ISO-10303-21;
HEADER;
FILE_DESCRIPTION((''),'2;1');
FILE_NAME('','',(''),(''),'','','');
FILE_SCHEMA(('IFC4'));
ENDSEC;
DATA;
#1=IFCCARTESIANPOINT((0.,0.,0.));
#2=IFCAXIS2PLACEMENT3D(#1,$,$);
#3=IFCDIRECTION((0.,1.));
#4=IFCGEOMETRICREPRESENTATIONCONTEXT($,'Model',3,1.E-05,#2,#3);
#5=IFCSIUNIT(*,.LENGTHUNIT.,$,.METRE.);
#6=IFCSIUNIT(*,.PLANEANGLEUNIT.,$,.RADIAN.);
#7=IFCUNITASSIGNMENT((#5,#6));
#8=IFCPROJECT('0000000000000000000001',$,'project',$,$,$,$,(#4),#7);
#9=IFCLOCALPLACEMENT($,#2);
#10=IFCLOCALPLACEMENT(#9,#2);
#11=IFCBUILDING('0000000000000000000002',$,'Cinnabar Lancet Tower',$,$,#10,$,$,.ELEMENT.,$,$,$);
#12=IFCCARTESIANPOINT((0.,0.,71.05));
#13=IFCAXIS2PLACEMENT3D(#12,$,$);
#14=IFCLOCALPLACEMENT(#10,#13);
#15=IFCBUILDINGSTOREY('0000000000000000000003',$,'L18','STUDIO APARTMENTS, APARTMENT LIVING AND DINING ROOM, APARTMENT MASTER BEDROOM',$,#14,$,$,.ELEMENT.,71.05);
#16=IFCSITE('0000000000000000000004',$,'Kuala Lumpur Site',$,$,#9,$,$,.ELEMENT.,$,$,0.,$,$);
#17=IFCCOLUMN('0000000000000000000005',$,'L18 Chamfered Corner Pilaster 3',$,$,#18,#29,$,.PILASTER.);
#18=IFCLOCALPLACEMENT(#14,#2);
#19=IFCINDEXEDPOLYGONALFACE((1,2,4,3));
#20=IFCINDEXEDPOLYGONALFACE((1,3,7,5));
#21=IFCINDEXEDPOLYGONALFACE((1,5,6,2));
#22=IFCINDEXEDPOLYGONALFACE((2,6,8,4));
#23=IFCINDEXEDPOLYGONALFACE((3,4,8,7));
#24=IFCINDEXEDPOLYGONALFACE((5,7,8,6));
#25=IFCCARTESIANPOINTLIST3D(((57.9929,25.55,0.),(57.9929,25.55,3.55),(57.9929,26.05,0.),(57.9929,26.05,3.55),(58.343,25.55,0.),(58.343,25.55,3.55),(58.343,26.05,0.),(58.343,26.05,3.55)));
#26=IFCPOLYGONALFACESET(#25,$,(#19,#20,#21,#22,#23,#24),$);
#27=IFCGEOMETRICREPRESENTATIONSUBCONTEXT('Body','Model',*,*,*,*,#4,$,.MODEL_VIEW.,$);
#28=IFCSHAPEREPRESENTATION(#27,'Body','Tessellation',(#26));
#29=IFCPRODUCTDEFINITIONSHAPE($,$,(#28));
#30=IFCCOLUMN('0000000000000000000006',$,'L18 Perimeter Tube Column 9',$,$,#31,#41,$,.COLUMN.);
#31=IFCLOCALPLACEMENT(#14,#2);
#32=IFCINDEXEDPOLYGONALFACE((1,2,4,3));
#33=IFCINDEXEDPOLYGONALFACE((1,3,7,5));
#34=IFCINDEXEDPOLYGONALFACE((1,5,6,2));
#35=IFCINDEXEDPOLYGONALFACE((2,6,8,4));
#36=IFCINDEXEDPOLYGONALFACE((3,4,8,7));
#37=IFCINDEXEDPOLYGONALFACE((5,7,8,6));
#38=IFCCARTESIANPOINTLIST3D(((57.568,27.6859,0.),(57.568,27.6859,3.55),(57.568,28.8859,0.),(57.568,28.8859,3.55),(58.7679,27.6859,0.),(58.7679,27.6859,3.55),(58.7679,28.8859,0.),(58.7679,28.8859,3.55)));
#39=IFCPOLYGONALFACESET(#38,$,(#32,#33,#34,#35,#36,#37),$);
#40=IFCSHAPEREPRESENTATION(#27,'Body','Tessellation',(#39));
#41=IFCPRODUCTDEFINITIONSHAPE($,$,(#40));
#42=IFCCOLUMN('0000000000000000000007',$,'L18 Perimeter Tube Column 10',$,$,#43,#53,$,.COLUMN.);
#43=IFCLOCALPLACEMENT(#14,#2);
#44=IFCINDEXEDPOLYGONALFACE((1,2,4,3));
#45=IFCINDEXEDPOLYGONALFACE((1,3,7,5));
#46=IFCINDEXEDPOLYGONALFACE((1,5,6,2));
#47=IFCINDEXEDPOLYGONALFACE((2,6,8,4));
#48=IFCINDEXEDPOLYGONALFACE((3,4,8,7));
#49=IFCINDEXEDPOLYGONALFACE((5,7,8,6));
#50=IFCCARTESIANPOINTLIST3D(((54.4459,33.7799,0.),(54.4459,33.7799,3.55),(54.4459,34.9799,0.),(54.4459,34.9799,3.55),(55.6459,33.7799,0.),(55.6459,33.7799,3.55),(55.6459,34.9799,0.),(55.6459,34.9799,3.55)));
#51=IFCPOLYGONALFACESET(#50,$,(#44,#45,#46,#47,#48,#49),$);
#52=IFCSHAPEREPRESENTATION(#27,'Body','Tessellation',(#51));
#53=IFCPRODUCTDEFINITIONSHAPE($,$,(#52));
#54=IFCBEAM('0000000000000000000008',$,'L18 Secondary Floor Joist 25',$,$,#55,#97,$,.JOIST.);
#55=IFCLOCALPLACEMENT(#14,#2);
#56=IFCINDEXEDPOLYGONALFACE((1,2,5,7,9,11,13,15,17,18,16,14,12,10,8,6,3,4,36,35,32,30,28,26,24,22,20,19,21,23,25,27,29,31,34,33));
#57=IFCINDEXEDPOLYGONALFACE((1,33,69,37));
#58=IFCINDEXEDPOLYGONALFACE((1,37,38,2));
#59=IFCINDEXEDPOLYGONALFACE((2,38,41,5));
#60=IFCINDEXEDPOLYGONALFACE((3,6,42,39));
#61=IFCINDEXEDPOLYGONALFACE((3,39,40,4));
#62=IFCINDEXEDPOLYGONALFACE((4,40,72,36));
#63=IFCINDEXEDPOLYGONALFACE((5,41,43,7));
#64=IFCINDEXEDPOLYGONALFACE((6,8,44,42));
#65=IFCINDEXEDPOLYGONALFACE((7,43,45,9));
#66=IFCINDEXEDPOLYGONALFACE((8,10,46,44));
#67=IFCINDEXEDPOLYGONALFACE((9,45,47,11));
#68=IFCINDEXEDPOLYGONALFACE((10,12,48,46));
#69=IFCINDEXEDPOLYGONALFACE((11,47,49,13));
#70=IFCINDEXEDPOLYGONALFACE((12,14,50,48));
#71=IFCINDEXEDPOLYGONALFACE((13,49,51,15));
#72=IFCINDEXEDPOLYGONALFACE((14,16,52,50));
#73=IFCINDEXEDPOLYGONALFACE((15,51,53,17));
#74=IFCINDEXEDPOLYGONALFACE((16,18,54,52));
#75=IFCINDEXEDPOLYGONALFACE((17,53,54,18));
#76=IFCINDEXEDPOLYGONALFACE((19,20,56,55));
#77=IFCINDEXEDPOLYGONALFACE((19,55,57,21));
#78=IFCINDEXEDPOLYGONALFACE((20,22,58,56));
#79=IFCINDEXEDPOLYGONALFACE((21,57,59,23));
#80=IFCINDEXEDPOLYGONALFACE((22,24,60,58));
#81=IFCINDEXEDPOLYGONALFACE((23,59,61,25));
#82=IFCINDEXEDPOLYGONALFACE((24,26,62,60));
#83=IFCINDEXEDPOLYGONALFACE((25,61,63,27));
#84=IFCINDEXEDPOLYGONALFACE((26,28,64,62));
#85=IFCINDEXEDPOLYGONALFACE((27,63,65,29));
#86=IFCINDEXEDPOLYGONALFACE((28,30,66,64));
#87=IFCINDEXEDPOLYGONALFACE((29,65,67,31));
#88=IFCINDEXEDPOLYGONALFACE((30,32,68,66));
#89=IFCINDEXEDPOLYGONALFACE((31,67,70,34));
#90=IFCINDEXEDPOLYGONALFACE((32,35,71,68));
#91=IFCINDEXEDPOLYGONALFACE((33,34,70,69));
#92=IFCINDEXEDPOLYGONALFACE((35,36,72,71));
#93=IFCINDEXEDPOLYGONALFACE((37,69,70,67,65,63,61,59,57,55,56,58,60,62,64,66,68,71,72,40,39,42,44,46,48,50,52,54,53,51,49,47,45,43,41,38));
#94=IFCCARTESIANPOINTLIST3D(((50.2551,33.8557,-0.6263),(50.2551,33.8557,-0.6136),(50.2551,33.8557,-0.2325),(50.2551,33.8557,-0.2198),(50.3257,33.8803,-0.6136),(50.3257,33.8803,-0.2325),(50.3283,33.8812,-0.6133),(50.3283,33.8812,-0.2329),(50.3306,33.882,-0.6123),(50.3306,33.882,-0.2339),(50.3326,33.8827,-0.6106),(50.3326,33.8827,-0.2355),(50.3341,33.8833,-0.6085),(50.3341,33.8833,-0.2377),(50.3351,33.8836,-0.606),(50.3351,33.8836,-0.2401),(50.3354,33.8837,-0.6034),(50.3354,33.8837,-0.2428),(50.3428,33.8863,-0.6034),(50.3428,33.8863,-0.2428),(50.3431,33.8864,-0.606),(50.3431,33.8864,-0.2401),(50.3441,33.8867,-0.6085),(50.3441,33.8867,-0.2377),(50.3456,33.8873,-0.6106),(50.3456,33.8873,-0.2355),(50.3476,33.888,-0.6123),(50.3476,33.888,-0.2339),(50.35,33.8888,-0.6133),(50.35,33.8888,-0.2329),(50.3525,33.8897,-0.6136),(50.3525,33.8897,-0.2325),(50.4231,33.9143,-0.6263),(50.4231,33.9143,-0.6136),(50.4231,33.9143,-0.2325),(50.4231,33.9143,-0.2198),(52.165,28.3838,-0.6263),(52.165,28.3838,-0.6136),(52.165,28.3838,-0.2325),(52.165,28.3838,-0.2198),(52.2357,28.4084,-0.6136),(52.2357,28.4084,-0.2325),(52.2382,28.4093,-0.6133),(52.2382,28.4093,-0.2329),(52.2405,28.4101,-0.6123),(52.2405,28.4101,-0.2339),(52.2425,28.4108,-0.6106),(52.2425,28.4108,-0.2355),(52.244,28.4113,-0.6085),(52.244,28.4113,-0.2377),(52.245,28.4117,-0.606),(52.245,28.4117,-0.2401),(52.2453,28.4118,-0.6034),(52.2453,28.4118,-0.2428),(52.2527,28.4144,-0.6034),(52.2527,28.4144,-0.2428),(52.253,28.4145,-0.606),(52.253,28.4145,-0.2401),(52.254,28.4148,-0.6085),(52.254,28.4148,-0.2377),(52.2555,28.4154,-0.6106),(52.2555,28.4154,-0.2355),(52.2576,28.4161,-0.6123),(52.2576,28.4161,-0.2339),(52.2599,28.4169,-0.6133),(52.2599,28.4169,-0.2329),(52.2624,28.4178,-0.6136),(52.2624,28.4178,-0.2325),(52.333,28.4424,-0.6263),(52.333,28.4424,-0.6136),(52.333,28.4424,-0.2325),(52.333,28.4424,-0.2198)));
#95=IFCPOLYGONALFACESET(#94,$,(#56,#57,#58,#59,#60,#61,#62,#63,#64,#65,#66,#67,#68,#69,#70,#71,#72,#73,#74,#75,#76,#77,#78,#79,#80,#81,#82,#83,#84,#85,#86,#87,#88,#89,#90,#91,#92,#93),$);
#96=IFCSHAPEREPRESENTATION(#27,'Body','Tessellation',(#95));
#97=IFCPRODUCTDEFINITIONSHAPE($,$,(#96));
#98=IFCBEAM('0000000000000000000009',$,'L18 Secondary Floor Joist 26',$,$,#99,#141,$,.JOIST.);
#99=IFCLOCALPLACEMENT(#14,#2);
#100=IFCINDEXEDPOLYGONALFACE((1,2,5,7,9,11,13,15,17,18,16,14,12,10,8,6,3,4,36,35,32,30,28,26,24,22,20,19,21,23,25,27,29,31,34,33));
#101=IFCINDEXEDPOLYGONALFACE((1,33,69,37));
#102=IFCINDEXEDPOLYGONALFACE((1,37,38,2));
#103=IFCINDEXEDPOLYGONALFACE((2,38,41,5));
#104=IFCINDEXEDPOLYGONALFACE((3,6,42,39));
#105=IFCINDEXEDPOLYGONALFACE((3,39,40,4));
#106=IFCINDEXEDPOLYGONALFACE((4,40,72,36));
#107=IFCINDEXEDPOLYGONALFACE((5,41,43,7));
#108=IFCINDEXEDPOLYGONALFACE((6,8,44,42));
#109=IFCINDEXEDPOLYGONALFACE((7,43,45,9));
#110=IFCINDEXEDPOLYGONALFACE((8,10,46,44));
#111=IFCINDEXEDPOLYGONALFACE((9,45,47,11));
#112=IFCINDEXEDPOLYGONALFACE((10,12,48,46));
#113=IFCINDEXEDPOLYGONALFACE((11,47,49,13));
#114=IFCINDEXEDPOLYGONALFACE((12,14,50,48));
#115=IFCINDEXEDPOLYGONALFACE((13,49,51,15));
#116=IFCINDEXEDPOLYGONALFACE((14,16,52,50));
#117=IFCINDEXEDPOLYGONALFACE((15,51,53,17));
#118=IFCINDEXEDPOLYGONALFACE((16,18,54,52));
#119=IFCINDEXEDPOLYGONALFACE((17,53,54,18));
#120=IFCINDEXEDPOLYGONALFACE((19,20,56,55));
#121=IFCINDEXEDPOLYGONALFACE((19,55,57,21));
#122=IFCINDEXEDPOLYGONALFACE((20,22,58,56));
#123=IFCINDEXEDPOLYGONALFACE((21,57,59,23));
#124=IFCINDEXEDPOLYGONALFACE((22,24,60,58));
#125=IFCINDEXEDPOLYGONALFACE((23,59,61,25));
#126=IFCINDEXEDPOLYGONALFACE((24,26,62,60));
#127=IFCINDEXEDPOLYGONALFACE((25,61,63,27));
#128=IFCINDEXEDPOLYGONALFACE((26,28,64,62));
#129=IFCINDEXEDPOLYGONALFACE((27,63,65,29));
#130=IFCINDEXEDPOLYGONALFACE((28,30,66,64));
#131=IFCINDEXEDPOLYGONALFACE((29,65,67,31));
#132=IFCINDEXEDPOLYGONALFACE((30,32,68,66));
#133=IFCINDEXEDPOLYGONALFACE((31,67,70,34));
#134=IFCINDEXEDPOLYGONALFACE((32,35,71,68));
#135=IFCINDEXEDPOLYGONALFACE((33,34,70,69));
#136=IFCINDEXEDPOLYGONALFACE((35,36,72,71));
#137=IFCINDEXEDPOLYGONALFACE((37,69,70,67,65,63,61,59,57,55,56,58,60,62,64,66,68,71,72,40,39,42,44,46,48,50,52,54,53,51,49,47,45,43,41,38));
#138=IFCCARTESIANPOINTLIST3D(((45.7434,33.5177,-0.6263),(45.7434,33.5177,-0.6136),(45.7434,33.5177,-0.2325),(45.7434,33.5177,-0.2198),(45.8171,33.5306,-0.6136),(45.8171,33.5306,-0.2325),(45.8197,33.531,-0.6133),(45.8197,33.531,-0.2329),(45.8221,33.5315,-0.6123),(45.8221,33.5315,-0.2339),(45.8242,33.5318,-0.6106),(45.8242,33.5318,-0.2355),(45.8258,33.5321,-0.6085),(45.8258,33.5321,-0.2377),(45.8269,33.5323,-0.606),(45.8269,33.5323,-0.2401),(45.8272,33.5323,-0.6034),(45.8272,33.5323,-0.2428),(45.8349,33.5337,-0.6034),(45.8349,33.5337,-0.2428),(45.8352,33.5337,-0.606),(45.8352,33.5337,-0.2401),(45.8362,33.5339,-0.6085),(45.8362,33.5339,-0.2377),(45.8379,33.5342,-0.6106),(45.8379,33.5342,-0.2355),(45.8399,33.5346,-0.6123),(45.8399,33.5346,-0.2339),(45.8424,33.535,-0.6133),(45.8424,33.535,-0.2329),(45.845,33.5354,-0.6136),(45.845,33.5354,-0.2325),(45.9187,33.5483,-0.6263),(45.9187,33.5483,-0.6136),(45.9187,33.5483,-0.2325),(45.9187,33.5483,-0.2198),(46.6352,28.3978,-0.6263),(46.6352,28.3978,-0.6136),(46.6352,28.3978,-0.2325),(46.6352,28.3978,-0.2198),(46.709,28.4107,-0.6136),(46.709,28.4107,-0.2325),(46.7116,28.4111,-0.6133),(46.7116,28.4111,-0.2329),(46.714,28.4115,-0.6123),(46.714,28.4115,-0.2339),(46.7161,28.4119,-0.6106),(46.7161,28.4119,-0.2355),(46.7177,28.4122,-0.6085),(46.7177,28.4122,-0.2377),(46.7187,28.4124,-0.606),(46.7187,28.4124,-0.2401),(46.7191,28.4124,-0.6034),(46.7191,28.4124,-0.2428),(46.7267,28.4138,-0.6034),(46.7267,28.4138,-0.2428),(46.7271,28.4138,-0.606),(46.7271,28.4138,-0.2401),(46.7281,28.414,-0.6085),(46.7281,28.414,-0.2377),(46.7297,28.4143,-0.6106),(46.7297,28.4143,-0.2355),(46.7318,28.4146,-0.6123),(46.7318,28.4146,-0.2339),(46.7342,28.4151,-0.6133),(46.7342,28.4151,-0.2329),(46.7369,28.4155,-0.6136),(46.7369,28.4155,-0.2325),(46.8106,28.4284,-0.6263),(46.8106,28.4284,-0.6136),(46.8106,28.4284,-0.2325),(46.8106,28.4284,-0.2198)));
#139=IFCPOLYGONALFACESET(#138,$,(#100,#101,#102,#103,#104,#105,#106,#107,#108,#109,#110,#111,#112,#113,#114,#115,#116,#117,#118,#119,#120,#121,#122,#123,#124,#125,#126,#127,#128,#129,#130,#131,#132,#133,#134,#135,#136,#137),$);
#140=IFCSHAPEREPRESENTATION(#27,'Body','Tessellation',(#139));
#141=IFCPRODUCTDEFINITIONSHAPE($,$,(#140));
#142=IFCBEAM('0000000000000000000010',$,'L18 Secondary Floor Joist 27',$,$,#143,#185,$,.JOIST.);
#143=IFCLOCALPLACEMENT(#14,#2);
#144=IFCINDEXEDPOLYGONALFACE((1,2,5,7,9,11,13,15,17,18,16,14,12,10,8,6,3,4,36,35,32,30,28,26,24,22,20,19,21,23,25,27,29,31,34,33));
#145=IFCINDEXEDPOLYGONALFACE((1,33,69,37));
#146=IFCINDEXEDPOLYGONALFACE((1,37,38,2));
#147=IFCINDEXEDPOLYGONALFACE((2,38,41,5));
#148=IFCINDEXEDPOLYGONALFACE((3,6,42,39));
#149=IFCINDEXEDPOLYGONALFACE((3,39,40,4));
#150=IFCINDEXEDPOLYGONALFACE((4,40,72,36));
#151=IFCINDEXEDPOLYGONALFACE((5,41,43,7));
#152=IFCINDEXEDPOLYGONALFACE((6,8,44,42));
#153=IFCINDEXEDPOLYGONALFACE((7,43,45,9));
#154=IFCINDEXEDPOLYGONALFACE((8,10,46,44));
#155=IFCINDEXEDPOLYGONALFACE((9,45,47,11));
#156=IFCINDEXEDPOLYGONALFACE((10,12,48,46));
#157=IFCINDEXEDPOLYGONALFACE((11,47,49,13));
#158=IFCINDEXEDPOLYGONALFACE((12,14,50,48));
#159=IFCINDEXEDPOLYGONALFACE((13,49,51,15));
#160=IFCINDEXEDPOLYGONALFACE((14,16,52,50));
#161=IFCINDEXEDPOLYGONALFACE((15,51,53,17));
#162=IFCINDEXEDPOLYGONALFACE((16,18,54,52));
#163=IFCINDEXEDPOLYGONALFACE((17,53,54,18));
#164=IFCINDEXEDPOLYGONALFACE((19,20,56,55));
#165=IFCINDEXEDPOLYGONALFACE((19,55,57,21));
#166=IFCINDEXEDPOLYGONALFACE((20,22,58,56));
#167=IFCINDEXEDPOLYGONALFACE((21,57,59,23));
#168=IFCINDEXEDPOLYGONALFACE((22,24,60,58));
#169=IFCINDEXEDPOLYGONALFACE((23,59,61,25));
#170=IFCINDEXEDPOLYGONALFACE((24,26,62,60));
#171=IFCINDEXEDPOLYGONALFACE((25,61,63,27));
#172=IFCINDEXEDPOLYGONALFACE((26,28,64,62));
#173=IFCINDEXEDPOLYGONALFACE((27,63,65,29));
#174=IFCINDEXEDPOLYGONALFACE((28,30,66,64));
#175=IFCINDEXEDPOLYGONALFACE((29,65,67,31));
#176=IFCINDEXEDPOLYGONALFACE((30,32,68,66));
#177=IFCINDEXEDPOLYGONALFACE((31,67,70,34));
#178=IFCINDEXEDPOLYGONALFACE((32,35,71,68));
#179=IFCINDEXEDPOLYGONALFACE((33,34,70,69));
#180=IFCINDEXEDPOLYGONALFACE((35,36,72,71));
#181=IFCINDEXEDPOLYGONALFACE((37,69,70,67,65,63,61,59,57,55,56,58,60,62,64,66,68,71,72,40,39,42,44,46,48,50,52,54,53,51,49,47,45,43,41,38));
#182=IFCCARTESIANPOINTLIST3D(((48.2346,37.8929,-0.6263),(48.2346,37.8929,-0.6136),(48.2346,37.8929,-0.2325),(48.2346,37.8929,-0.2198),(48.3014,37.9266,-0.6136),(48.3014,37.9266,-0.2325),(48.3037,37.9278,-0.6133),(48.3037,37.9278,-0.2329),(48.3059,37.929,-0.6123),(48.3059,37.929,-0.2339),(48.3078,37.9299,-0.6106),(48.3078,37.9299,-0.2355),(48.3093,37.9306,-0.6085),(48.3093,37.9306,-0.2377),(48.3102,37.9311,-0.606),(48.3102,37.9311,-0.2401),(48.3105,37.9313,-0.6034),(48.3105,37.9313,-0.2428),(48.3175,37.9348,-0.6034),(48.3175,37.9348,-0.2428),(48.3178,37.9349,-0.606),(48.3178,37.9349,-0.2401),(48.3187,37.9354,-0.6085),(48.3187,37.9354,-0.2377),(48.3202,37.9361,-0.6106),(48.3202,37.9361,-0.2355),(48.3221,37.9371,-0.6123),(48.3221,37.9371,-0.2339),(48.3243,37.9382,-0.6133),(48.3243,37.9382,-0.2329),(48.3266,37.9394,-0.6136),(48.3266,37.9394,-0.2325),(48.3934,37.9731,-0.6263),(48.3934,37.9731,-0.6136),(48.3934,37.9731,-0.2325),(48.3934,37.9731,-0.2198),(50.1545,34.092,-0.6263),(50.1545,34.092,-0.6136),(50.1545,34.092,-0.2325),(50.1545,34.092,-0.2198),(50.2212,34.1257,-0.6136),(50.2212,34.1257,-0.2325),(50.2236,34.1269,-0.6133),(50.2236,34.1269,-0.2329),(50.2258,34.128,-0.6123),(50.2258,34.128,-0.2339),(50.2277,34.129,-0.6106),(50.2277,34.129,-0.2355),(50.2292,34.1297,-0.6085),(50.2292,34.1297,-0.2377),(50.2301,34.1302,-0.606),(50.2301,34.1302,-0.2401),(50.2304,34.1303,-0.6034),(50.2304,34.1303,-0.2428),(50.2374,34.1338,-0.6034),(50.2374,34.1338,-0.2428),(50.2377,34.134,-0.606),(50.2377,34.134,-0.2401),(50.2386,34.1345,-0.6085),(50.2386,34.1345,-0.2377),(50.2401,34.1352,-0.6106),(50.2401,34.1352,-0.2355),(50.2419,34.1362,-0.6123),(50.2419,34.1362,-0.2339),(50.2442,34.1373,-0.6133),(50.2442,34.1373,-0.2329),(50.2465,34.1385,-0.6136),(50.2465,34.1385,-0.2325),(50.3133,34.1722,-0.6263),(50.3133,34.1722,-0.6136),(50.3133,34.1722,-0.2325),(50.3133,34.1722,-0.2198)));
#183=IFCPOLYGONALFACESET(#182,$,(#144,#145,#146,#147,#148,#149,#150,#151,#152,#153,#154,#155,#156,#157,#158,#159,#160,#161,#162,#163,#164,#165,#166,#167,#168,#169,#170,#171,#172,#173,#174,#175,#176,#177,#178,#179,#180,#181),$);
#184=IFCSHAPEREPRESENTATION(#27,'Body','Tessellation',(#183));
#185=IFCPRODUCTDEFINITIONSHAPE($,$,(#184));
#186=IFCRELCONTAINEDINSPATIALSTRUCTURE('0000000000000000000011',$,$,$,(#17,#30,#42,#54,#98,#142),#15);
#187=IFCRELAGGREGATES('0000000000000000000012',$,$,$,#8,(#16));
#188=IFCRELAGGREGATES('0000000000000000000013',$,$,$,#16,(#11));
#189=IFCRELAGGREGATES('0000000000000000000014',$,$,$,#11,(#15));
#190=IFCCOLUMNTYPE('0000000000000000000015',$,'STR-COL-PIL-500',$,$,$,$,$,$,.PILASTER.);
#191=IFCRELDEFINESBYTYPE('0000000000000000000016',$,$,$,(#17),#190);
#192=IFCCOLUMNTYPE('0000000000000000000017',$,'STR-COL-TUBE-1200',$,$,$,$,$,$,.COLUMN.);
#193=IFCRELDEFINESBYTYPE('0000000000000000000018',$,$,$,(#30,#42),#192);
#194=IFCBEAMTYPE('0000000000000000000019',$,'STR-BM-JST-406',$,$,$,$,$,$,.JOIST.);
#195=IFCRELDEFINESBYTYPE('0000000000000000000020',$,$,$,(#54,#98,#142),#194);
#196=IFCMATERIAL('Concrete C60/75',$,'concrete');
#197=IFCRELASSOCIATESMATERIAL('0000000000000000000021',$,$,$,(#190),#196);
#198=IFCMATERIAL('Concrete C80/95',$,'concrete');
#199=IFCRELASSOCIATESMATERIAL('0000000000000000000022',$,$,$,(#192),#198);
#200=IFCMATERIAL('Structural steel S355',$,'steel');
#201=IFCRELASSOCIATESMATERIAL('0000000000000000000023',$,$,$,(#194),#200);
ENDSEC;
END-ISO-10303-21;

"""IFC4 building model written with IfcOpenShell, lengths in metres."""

from ifc_helpers import new_model, si_unit, direction, frame, origin, origin_2d, place, context, subcontext, project, spatial, rectangle, i_section, extrude, material, material_profile, profile_set, type_object, element, save


model = new_model("IFC4")

# Units and contexts
model_context = context("Model", 3, precision=1e-05, world=origin(), true_north=direction((0.0, 1.0)))
body_context = subcontext(model_context, "Body", "Model", "MODEL_VIEW")
ifc_project = project(units=[si_unit("LENGTHUNIT", "METRE"), si_unit("PLANEANGLEUNIT", "RADIAN")], contexts=[model_context])

# Site, building, storey
site_placement = place(None, origin())
site = spatial("IfcSite", under=ifc_project, at=site_placement, Name="Kuala Lumpur Site", CompositionType="ELEMENT", RefElevation=0.0)
building_placement = place(site_placement, origin())
building = spatial("IfcBuilding", under=site, at=building_placement, Name="Cinnabar Lancet Tower", CompositionType="ELEMENT")
storey_placement = place(building_placement, frame((0.0, 0.0, 71.05)))
storey = spatial("IfcBuildingStorey", under=building, at=storey_placement, Name="L18", Description="STUDIO APARTMENTS, APARTMENT LIVING AND DINING ROOM, APARTMENT MASTER BEDROOM", CompositionType="ELEMENT", Elevation=71.05)

# Columns
ifc_material_1 = material(Name="Concrete C60/75", Category="concrete")
ifc_material_profile_1 = material_profile(ifc_material_1, rectangle(XDim=0.5, YDim=0.3501, at=origin_2d()), Name="RC-PIL 500x350")
ifc_profile_set_1 = profile_set([ifc_material_profile_1], Name="Concrete C60/75")
column_type_1 = type_object("IfcColumnType", Name="STR-COL-PIL-500", PredefinedType="PILASTER", material=ifc_profile_set_1)
column_placement = place(storey_placement, frame((58.168, 25.8, 0.0), z_axis=(0.0, 0.0, 1.0), x_axis=(0.0, 1.0, 0.0)))
element("IfcColumn", 1, at=column_placement, inside=storey, type_object=column_type_1, Name="L18 Chamfered Corner Pilaster 3", PredefinedType="PILASTER", context=body_context, shape_type="SweptSolid", body=[
    extrude(rectangle(XDim=0.5, YDim=0.3501, at=origin_2d()), origin(), (0.0, 0.0, 1.0), 3.55),
])
ifc_material_2 = material(Name="Concrete C80/95", Category="concrete")
ifc_material_profile_2 = material_profile(ifc_material_2, rectangle(XDim=1.2, YDim=1.2, at=origin_2d()), Name="RC-COL 1200x1200")
ifc_profile_set_2 = profile_set([ifc_material_profile_2], Name="Concrete C80/95")
column_type_2 = type_object("IfcColumnType", Name="STR-COL-TUBE-1200", PredefinedType="COLUMN", material=ifc_profile_set_2)
for number, where, z_axis, x_axis, name in (
    (2, (58.168, 28.2859, 0.0), (0.0, 0.0, 1.0), (1.0, 0.0, 0.0), "L18 Perimeter Tube Column 9"),
    (3, (55.0459, 34.3799, 0.0), (0.0, 0.0, 1.0), (1.0, 0.0, 0.0), "L18 Perimeter Tube Column 10"),
):
    element("IfcColumn", number, at=place(storey_placement, frame(where, z_axis=z_axis, x_axis=x_axis)), inside=storey, type_object=column_type_2, Name=name, PredefinedType="COLUMN", context=body_context, shape_type="SweptSolid", body=[
        extrude(rectangle(XDim=1.2, YDim=1.2, at=origin_2d()), origin(), (0.0, 0.0, 1.0), 3.55),
    ])

# Beams
ifc_material_3 = material(Name="Structural steel S355", Category="steel")
ifc_material_profile_3 = material_profile(ifc_material_3, i_section(OverallWidth=0.178, OverallDepth=0.4065, WebThickness=0.0078, FlangeThickness=0.0127, FilletRadius=0.0103, at=origin_2d()), Name="UKB 406x178x60")
ifc_profile_set_3 = profile_set([ifc_material_profile_3], Name="Structural steel S355")
beam_type_1 = type_object("IfcBeamType", Name="STR-BM-JST-406", PredefinedType="JOIST", material=ifc_profile_set_3)
beam_1_placement = place(storey_placement, frame((52.249, 28.4131, -0.4231), z_axis=(-0.329542, 0.944141, 0.0), x_axis=(-0.944141, -0.329542, 0.0)))
element("IfcBeam", 4, at=beam_1_placement, inside=storey, type_object=beam_type_1, Name="L18 Secondary Floor Joist 25", PredefinedType="JOIST", context=body_context, shape_type="SweptSolid", body=[
    extrude(i_section(OverallWidth=0.178, OverallDepth=0.4065, WebThickness=0.0078, FlangeThickness=0.0127, FilletRadius=0.0103, at=origin_2d()), origin(), (0.0, 0.0, 1.0), 5.7957),
])
beam_2_placement = place(storey_placement, frame((46.7229, 28.4131, -0.4231), z_axis=(-0.171609, 0.985165, 0.0), x_axis=(-0.985165, -0.171609, 0.0)))
element("IfcBeam", 5, at=beam_2_placement, inside=storey, type_object=beam_type_1, Name="L18 Secondary Floor Joist 26", PredefinedType="JOIST", context=body_context, shape_type="SweptSolid", body=[
    extrude(i_section(OverallWidth=0.178, OverallDepth=0.4065, WebThickness=0.0078, FlangeThickness=0.0127, FilletRadius=0.0103, at=origin_2d()), origin(), (0.0, 0.0, 1.0), 5.197),
])
beam_3_placement = place(storey_placement, frame((50.2339, 34.1321, -0.4231), z_axis=(-0.450856, 0.892597, 0.0), x_axis=(-0.892597, -0.450856, 0.0)))
element("IfcBeam", 6, at=beam_3_placement, inside=storey, type_object=beam_type_1, Name="L18 Secondary Floor Joist 27", PredefinedType="JOIST", context=body_context, shape_type="SweptSolid", body=[
    extrude(i_section(OverallWidth=0.178, OverallDepth=0.4065, WebThickness=0.0078, FlangeThickness=0.0127, FilletRadius=0.0103, at=origin_2d()), origin(), (0.0, 0.0, 1.0), 4.2583),
])

save(model, "model.ifc")
